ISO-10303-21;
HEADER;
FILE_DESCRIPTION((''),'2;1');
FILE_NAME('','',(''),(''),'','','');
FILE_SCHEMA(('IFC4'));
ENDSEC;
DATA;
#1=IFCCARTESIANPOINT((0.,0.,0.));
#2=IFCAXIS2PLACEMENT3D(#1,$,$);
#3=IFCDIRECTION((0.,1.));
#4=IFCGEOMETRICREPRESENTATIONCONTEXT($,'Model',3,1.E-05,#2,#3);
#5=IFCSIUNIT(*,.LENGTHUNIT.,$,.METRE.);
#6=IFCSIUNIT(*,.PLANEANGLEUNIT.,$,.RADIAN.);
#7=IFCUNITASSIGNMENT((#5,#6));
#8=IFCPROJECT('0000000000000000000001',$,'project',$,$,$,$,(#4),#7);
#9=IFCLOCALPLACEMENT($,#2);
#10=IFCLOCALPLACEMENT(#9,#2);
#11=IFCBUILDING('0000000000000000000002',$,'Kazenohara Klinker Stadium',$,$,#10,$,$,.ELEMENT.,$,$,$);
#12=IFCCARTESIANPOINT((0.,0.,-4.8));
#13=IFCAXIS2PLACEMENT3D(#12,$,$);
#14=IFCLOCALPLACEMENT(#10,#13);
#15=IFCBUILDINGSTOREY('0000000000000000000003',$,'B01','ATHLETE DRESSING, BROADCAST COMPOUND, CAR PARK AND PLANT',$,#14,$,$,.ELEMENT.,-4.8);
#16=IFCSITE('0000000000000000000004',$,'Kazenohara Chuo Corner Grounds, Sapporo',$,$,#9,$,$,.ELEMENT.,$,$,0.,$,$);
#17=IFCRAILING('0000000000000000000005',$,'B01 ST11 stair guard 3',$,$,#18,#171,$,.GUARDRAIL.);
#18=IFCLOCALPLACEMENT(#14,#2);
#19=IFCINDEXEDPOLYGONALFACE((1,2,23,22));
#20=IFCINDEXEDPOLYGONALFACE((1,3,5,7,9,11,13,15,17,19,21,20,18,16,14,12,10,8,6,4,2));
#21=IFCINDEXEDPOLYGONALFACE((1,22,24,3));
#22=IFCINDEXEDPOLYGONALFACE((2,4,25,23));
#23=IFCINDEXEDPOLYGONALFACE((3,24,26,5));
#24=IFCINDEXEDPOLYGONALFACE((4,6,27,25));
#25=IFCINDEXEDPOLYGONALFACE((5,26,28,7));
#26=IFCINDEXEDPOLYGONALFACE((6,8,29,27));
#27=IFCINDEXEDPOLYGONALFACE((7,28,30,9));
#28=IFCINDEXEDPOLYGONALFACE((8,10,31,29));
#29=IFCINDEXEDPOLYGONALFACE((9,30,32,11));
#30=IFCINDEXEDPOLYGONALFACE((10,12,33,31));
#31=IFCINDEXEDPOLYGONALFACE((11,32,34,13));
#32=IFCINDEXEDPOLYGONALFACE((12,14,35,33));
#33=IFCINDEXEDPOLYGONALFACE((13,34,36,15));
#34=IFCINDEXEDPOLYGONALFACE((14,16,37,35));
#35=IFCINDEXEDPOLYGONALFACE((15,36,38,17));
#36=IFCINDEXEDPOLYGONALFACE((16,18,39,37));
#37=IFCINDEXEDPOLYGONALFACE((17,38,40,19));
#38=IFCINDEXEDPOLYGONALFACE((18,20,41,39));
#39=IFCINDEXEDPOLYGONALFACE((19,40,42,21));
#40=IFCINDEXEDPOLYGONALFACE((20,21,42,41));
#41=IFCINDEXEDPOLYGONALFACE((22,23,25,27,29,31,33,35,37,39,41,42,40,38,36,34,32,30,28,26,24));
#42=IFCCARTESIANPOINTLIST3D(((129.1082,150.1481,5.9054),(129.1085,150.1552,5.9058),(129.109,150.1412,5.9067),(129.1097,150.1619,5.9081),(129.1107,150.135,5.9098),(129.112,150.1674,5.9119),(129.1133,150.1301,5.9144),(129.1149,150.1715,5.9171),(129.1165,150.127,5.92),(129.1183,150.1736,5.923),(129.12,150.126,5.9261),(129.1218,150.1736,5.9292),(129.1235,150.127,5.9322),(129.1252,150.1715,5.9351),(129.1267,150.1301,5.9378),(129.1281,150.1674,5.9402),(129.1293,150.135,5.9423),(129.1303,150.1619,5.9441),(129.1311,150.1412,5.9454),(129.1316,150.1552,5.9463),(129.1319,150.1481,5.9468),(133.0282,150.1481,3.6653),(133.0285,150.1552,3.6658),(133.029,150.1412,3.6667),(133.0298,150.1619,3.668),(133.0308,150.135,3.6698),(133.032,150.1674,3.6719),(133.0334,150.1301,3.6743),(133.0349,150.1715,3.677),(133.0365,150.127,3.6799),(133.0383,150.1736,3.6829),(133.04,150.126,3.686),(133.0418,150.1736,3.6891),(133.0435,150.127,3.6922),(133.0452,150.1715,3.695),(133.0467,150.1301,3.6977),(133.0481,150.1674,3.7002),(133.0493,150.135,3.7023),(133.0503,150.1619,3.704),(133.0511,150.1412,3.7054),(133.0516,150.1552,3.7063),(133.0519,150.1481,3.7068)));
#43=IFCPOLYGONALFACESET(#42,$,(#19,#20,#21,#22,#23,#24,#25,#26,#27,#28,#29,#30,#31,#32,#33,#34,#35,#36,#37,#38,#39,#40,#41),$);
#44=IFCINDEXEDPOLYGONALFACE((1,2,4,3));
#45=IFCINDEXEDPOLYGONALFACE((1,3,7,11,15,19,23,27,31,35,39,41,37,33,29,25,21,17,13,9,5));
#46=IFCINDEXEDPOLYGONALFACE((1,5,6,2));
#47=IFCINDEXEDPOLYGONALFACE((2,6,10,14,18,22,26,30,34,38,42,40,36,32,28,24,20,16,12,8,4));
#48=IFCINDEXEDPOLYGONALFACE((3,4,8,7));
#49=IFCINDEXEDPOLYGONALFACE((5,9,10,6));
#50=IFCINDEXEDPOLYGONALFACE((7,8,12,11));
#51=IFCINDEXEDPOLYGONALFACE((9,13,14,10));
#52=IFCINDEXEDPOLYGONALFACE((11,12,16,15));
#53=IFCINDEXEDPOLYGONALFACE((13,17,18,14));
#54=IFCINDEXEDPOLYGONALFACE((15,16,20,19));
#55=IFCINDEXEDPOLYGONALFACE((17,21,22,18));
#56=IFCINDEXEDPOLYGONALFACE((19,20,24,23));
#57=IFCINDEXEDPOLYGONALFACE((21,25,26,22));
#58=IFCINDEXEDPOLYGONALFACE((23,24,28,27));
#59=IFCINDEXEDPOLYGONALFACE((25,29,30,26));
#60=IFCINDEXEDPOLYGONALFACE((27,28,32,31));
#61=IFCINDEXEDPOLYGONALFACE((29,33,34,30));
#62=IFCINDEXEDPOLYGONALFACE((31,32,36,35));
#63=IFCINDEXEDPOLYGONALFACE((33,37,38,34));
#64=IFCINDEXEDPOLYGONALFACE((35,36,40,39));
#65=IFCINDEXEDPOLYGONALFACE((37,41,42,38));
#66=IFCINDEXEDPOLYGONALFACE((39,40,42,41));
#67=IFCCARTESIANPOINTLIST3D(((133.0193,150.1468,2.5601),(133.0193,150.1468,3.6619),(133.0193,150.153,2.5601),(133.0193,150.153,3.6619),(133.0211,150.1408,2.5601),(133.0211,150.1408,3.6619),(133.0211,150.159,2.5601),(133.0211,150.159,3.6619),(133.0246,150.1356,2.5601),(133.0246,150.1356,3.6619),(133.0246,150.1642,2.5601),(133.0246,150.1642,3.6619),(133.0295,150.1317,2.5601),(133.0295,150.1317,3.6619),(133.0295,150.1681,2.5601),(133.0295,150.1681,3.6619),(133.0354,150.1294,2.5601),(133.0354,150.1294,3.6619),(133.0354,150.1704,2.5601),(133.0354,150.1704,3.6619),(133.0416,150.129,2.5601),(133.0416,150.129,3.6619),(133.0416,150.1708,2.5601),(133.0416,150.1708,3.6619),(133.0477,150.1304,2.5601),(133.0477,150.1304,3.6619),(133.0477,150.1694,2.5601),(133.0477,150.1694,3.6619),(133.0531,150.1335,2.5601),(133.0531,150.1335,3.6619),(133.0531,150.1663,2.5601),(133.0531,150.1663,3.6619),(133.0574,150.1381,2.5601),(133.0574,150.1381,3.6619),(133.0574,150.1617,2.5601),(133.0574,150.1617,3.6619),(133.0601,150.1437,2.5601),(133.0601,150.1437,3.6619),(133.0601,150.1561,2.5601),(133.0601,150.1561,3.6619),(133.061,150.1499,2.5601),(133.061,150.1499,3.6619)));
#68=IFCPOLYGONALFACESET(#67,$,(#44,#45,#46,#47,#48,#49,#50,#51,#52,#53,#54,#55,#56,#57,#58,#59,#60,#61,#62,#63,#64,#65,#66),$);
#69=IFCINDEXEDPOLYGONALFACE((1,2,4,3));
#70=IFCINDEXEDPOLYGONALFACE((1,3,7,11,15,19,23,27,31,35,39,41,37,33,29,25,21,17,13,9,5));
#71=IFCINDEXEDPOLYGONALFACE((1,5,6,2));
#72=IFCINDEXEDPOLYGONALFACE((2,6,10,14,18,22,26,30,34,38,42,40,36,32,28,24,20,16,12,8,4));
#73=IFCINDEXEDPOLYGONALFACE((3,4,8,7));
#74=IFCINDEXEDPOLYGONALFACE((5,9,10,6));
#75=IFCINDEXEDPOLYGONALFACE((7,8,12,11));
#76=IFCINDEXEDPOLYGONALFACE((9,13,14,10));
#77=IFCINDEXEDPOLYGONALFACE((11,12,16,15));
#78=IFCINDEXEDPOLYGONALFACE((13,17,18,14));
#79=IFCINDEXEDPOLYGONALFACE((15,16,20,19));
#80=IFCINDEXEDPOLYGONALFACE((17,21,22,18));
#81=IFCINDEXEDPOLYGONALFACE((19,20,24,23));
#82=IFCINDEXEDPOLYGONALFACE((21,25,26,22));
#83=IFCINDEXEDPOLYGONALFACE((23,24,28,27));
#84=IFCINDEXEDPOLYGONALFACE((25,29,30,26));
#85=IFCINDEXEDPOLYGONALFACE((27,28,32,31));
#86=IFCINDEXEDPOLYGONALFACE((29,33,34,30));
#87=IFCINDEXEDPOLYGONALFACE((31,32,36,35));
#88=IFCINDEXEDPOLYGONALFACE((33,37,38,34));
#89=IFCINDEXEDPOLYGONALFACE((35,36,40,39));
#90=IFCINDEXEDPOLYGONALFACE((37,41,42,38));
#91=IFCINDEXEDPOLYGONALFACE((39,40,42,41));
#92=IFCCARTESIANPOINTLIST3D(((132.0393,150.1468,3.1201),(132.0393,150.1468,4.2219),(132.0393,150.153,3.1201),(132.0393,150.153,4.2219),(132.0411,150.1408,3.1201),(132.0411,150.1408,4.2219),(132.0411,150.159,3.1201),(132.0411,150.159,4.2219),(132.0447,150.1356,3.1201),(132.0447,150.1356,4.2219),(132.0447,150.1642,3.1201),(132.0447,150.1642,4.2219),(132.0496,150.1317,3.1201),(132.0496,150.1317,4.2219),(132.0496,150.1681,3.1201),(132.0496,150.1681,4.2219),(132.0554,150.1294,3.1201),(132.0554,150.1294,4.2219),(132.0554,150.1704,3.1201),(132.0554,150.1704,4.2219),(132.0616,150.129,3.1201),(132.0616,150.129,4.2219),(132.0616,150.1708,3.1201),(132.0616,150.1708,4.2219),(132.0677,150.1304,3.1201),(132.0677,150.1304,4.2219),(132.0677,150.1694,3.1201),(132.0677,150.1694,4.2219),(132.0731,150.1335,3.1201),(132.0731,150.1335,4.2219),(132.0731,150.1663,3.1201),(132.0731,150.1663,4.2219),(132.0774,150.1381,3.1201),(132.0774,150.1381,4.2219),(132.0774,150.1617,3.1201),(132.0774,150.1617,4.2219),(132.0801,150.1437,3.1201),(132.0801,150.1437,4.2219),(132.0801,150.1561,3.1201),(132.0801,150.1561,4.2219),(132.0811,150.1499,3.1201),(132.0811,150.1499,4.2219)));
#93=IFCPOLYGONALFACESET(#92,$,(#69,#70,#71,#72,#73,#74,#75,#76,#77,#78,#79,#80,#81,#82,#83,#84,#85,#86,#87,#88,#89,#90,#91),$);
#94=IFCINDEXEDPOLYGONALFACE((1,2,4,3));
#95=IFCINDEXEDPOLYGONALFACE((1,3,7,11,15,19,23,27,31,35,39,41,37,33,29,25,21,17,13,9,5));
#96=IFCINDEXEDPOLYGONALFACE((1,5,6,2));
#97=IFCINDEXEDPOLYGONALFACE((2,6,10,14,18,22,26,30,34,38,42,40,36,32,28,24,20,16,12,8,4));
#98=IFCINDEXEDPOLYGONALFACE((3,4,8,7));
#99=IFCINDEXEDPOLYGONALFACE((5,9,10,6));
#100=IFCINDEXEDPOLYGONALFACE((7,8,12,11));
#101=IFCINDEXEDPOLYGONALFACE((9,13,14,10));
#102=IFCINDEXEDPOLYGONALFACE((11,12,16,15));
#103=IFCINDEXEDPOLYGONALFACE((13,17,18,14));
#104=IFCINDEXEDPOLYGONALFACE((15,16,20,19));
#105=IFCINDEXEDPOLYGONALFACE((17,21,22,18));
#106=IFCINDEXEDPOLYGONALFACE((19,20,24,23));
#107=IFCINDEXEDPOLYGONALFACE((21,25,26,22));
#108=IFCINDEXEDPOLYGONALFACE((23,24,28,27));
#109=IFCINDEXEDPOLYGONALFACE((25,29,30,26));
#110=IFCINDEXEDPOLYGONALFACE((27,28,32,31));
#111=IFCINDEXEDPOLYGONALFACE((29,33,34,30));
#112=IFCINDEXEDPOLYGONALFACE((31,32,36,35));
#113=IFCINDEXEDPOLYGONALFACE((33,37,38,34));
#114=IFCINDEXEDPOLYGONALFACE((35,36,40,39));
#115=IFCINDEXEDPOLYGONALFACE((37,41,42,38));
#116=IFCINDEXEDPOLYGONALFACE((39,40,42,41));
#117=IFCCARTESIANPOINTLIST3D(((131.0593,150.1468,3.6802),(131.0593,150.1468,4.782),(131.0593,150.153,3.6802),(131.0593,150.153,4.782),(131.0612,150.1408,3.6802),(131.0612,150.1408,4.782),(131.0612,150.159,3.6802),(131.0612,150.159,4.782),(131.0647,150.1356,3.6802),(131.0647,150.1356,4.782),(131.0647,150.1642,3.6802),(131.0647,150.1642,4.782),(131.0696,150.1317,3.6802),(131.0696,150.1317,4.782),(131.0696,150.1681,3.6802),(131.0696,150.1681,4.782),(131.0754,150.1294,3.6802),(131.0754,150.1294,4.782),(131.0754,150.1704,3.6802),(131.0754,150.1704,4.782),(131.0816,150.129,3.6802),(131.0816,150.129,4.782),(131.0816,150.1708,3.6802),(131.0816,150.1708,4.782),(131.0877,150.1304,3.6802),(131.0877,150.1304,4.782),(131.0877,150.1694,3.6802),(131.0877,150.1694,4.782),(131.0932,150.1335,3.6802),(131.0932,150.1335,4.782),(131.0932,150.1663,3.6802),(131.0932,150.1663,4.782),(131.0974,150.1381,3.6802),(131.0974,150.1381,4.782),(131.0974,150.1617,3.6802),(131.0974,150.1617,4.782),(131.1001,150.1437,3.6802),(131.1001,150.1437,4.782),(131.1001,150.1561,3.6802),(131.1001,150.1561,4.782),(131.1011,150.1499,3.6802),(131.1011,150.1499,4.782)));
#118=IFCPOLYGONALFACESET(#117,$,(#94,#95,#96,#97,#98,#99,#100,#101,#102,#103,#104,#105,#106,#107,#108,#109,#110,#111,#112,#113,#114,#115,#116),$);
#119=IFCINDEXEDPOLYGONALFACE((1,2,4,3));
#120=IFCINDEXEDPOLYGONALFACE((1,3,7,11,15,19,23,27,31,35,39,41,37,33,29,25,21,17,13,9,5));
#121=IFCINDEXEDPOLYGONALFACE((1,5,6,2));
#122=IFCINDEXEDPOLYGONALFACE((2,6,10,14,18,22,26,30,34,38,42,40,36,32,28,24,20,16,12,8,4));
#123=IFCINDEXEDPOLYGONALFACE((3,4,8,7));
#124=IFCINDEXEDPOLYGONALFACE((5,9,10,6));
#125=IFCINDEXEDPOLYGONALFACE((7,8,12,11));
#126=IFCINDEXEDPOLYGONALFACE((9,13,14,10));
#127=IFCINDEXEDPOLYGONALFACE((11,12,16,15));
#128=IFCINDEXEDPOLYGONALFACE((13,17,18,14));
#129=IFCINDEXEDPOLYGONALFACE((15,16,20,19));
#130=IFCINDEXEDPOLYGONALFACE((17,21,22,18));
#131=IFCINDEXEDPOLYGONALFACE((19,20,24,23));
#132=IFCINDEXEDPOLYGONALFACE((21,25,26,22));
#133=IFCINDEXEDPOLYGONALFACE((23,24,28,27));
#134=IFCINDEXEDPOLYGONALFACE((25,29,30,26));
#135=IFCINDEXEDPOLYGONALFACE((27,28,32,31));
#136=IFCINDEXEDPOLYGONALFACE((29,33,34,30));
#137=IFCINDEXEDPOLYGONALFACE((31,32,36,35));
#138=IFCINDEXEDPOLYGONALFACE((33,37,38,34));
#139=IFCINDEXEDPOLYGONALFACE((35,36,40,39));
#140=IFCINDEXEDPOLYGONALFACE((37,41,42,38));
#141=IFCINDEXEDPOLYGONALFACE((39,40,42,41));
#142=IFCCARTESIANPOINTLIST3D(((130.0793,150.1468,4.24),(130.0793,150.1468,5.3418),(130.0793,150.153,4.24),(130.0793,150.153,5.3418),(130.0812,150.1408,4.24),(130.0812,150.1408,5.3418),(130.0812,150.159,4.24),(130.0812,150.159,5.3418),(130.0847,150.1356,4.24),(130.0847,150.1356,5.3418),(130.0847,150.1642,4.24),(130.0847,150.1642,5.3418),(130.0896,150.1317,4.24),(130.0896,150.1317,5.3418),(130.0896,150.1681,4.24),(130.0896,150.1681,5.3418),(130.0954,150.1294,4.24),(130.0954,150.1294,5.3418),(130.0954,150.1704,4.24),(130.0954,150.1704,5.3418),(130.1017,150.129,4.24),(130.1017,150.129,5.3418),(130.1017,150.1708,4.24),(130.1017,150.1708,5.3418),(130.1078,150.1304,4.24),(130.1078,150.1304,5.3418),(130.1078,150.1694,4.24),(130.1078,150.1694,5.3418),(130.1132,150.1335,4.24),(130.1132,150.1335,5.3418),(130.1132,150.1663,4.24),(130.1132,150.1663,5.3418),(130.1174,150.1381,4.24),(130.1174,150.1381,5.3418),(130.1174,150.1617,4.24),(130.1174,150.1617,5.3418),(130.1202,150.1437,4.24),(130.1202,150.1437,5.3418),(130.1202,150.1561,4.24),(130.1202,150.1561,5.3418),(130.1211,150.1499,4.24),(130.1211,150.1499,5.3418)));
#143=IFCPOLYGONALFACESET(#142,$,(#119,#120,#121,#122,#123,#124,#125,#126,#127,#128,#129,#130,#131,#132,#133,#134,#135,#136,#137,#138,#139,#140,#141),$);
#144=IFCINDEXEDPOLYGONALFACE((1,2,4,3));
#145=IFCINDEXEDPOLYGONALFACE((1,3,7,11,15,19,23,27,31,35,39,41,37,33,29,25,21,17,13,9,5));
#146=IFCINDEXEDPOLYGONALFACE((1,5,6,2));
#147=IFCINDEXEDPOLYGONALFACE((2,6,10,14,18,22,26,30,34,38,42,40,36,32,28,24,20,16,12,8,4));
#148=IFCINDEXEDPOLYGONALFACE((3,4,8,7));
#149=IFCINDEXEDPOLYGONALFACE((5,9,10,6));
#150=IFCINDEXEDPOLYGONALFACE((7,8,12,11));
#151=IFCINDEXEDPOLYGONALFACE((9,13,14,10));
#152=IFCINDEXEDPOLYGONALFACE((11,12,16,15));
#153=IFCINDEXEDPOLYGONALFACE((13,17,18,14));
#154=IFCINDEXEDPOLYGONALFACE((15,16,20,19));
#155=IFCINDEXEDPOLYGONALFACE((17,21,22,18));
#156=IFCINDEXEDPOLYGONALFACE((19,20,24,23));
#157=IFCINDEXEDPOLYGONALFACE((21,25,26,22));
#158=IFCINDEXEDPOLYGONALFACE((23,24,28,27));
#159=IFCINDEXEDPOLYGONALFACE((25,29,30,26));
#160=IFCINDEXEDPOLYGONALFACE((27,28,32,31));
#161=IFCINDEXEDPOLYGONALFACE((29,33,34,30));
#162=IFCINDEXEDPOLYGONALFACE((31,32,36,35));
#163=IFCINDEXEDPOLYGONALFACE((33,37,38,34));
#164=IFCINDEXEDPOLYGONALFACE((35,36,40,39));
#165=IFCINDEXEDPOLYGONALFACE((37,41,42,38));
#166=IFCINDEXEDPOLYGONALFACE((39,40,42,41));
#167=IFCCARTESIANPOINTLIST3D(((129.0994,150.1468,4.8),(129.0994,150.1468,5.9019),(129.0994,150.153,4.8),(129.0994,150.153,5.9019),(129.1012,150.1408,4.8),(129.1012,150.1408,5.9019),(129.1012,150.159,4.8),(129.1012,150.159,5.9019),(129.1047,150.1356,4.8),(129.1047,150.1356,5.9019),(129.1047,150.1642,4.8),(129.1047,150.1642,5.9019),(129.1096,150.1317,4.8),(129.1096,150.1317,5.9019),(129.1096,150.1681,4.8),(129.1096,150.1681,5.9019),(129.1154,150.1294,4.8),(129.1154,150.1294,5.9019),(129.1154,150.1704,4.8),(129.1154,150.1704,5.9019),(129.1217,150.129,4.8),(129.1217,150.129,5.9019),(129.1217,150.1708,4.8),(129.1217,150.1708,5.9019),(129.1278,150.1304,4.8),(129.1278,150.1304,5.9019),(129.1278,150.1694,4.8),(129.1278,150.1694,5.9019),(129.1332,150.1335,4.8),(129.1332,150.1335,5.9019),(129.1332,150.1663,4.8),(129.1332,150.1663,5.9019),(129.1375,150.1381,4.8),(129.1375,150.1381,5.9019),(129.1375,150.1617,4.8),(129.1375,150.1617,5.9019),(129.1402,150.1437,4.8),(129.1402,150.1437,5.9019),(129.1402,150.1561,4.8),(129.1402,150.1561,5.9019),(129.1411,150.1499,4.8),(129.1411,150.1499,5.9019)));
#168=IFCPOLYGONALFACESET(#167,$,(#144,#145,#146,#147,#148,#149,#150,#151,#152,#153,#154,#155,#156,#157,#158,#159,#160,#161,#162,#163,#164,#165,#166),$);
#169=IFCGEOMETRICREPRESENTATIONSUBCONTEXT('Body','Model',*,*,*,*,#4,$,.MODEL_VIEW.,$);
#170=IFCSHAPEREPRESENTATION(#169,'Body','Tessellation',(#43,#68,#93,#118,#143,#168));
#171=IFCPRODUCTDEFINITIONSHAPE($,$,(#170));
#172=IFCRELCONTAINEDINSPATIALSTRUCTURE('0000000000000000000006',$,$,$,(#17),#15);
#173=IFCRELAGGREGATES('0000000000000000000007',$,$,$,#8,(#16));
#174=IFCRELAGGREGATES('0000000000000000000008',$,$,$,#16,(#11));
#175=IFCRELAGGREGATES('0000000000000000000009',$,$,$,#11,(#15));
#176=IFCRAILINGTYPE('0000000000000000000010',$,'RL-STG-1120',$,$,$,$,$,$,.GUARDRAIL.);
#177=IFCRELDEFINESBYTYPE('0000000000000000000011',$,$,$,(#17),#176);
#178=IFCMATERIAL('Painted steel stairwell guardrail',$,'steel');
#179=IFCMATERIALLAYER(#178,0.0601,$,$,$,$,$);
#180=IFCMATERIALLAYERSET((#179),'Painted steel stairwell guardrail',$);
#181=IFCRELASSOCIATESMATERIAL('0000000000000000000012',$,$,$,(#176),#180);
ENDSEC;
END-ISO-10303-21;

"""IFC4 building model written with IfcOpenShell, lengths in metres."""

from ifc_helpers import new_model, si_unit, direction, frame, origin, origin_2d, place, context, subcontext, project, spatial, circle, extrude, material, layer, layer_set, type_object, element, save


model = new_model("IFC4")

# Units and contexts
model_context = context("Model", 3, precision=1e-05, world=origin(), true_north=direction((0.0, 1.0)))
body_context = subcontext(model_context, "Body", "Model", "MODEL_VIEW")
ifc_project = project(units=[si_unit("LENGTHUNIT", "METRE"), si_unit("PLANEANGLEUNIT", "RADIAN")], contexts=[model_context])

# Site, building, storey
site_placement = place(None, origin())
site = spatial("IfcSite", under=ifc_project, at=site_placement, Name="Kazenohara Chuo Corner Grounds, Sapporo", CompositionType="ELEMENT", RefElevation=0.0)
building_placement = place(site_placement, origin())
building = spatial("IfcBuilding", under=site, at=building_placement, Name="Kazenohara Klinker Stadium", CompositionType="ELEMENT")
storey_placement = place(building_placement, frame((0.0, 0.0, -4.8)))
storey = spatial("IfcBuildingStorey", under=building, at=storey_placement, Name="B01", Description="ATHLETE DRESSING, BROADCAST COMPOUND, CAR PARK AND PLANT", CompositionType="ELEMENT", Elevation=-4.8)

# Railing
ifc_material_1 = material(Name="Painted steel stairwell guardrail", Category="steel")
ifc_layer_1 = layer(ifc_material_1, 0.0601)
ifc_layer_set_1 = layer_set([ifc_layer_1], Name="Painted steel stairwell guardrail")
railing_type_1 = type_object("IfcRailingType", Name="RL-STG-1120", PredefinedType="GUARDRAIL", material=ifc_layer_set_1)
railing_1_placement = place(storey_placement, frame((133.04, 150.1499, 2.5601)))
element("IfcRailing", 1, at=railing_1_placement, inside=storey, type_object=railing_type_1, Name="B01 ST11 stair guard 3", PredefinedType="GUARDRAIL", context=body_context, shape_type="SweptSolid", body=[
    extrude(circle(Radius=0.0239, at=origin_2d()), frame((0.0, 0.0, 1.126), z_axis=(-0.86824, 0.0, 0.496145), x_axis=(0.0, -1.0, 0.0)), (0.0, 0.0, 1.0), 4.5149),
    extrude(circle(Radius=0.021, at=origin_2d()), origin(), (0.0, 0.0, 1.0), 1.1018),
    extrude(circle(Radius=0.021, at=origin_2d()), frame((-0.98, 0.0, 0.5601)), (0.0, 0.0, 1.0), 1.1018),
    extrude(circle(Radius=0.021, at=origin_2d()), frame((-1.96, 0.0, 1.1201)), (0.0, 0.0, 1.0), 1.1018),
    extrude(circle(Radius=0.021, at=origin_2d()), frame((-2.9399, 0.0, 1.6799)), (0.0, 0.0, 1.0), 1.1018),
    extrude(circle(Radius=0.021, at=origin_2d()), frame((-3.9199, 0.0, 2.24)), (0.0, 0.0, 1.0), 1.1018),
])

save(model, "model.ifc")
